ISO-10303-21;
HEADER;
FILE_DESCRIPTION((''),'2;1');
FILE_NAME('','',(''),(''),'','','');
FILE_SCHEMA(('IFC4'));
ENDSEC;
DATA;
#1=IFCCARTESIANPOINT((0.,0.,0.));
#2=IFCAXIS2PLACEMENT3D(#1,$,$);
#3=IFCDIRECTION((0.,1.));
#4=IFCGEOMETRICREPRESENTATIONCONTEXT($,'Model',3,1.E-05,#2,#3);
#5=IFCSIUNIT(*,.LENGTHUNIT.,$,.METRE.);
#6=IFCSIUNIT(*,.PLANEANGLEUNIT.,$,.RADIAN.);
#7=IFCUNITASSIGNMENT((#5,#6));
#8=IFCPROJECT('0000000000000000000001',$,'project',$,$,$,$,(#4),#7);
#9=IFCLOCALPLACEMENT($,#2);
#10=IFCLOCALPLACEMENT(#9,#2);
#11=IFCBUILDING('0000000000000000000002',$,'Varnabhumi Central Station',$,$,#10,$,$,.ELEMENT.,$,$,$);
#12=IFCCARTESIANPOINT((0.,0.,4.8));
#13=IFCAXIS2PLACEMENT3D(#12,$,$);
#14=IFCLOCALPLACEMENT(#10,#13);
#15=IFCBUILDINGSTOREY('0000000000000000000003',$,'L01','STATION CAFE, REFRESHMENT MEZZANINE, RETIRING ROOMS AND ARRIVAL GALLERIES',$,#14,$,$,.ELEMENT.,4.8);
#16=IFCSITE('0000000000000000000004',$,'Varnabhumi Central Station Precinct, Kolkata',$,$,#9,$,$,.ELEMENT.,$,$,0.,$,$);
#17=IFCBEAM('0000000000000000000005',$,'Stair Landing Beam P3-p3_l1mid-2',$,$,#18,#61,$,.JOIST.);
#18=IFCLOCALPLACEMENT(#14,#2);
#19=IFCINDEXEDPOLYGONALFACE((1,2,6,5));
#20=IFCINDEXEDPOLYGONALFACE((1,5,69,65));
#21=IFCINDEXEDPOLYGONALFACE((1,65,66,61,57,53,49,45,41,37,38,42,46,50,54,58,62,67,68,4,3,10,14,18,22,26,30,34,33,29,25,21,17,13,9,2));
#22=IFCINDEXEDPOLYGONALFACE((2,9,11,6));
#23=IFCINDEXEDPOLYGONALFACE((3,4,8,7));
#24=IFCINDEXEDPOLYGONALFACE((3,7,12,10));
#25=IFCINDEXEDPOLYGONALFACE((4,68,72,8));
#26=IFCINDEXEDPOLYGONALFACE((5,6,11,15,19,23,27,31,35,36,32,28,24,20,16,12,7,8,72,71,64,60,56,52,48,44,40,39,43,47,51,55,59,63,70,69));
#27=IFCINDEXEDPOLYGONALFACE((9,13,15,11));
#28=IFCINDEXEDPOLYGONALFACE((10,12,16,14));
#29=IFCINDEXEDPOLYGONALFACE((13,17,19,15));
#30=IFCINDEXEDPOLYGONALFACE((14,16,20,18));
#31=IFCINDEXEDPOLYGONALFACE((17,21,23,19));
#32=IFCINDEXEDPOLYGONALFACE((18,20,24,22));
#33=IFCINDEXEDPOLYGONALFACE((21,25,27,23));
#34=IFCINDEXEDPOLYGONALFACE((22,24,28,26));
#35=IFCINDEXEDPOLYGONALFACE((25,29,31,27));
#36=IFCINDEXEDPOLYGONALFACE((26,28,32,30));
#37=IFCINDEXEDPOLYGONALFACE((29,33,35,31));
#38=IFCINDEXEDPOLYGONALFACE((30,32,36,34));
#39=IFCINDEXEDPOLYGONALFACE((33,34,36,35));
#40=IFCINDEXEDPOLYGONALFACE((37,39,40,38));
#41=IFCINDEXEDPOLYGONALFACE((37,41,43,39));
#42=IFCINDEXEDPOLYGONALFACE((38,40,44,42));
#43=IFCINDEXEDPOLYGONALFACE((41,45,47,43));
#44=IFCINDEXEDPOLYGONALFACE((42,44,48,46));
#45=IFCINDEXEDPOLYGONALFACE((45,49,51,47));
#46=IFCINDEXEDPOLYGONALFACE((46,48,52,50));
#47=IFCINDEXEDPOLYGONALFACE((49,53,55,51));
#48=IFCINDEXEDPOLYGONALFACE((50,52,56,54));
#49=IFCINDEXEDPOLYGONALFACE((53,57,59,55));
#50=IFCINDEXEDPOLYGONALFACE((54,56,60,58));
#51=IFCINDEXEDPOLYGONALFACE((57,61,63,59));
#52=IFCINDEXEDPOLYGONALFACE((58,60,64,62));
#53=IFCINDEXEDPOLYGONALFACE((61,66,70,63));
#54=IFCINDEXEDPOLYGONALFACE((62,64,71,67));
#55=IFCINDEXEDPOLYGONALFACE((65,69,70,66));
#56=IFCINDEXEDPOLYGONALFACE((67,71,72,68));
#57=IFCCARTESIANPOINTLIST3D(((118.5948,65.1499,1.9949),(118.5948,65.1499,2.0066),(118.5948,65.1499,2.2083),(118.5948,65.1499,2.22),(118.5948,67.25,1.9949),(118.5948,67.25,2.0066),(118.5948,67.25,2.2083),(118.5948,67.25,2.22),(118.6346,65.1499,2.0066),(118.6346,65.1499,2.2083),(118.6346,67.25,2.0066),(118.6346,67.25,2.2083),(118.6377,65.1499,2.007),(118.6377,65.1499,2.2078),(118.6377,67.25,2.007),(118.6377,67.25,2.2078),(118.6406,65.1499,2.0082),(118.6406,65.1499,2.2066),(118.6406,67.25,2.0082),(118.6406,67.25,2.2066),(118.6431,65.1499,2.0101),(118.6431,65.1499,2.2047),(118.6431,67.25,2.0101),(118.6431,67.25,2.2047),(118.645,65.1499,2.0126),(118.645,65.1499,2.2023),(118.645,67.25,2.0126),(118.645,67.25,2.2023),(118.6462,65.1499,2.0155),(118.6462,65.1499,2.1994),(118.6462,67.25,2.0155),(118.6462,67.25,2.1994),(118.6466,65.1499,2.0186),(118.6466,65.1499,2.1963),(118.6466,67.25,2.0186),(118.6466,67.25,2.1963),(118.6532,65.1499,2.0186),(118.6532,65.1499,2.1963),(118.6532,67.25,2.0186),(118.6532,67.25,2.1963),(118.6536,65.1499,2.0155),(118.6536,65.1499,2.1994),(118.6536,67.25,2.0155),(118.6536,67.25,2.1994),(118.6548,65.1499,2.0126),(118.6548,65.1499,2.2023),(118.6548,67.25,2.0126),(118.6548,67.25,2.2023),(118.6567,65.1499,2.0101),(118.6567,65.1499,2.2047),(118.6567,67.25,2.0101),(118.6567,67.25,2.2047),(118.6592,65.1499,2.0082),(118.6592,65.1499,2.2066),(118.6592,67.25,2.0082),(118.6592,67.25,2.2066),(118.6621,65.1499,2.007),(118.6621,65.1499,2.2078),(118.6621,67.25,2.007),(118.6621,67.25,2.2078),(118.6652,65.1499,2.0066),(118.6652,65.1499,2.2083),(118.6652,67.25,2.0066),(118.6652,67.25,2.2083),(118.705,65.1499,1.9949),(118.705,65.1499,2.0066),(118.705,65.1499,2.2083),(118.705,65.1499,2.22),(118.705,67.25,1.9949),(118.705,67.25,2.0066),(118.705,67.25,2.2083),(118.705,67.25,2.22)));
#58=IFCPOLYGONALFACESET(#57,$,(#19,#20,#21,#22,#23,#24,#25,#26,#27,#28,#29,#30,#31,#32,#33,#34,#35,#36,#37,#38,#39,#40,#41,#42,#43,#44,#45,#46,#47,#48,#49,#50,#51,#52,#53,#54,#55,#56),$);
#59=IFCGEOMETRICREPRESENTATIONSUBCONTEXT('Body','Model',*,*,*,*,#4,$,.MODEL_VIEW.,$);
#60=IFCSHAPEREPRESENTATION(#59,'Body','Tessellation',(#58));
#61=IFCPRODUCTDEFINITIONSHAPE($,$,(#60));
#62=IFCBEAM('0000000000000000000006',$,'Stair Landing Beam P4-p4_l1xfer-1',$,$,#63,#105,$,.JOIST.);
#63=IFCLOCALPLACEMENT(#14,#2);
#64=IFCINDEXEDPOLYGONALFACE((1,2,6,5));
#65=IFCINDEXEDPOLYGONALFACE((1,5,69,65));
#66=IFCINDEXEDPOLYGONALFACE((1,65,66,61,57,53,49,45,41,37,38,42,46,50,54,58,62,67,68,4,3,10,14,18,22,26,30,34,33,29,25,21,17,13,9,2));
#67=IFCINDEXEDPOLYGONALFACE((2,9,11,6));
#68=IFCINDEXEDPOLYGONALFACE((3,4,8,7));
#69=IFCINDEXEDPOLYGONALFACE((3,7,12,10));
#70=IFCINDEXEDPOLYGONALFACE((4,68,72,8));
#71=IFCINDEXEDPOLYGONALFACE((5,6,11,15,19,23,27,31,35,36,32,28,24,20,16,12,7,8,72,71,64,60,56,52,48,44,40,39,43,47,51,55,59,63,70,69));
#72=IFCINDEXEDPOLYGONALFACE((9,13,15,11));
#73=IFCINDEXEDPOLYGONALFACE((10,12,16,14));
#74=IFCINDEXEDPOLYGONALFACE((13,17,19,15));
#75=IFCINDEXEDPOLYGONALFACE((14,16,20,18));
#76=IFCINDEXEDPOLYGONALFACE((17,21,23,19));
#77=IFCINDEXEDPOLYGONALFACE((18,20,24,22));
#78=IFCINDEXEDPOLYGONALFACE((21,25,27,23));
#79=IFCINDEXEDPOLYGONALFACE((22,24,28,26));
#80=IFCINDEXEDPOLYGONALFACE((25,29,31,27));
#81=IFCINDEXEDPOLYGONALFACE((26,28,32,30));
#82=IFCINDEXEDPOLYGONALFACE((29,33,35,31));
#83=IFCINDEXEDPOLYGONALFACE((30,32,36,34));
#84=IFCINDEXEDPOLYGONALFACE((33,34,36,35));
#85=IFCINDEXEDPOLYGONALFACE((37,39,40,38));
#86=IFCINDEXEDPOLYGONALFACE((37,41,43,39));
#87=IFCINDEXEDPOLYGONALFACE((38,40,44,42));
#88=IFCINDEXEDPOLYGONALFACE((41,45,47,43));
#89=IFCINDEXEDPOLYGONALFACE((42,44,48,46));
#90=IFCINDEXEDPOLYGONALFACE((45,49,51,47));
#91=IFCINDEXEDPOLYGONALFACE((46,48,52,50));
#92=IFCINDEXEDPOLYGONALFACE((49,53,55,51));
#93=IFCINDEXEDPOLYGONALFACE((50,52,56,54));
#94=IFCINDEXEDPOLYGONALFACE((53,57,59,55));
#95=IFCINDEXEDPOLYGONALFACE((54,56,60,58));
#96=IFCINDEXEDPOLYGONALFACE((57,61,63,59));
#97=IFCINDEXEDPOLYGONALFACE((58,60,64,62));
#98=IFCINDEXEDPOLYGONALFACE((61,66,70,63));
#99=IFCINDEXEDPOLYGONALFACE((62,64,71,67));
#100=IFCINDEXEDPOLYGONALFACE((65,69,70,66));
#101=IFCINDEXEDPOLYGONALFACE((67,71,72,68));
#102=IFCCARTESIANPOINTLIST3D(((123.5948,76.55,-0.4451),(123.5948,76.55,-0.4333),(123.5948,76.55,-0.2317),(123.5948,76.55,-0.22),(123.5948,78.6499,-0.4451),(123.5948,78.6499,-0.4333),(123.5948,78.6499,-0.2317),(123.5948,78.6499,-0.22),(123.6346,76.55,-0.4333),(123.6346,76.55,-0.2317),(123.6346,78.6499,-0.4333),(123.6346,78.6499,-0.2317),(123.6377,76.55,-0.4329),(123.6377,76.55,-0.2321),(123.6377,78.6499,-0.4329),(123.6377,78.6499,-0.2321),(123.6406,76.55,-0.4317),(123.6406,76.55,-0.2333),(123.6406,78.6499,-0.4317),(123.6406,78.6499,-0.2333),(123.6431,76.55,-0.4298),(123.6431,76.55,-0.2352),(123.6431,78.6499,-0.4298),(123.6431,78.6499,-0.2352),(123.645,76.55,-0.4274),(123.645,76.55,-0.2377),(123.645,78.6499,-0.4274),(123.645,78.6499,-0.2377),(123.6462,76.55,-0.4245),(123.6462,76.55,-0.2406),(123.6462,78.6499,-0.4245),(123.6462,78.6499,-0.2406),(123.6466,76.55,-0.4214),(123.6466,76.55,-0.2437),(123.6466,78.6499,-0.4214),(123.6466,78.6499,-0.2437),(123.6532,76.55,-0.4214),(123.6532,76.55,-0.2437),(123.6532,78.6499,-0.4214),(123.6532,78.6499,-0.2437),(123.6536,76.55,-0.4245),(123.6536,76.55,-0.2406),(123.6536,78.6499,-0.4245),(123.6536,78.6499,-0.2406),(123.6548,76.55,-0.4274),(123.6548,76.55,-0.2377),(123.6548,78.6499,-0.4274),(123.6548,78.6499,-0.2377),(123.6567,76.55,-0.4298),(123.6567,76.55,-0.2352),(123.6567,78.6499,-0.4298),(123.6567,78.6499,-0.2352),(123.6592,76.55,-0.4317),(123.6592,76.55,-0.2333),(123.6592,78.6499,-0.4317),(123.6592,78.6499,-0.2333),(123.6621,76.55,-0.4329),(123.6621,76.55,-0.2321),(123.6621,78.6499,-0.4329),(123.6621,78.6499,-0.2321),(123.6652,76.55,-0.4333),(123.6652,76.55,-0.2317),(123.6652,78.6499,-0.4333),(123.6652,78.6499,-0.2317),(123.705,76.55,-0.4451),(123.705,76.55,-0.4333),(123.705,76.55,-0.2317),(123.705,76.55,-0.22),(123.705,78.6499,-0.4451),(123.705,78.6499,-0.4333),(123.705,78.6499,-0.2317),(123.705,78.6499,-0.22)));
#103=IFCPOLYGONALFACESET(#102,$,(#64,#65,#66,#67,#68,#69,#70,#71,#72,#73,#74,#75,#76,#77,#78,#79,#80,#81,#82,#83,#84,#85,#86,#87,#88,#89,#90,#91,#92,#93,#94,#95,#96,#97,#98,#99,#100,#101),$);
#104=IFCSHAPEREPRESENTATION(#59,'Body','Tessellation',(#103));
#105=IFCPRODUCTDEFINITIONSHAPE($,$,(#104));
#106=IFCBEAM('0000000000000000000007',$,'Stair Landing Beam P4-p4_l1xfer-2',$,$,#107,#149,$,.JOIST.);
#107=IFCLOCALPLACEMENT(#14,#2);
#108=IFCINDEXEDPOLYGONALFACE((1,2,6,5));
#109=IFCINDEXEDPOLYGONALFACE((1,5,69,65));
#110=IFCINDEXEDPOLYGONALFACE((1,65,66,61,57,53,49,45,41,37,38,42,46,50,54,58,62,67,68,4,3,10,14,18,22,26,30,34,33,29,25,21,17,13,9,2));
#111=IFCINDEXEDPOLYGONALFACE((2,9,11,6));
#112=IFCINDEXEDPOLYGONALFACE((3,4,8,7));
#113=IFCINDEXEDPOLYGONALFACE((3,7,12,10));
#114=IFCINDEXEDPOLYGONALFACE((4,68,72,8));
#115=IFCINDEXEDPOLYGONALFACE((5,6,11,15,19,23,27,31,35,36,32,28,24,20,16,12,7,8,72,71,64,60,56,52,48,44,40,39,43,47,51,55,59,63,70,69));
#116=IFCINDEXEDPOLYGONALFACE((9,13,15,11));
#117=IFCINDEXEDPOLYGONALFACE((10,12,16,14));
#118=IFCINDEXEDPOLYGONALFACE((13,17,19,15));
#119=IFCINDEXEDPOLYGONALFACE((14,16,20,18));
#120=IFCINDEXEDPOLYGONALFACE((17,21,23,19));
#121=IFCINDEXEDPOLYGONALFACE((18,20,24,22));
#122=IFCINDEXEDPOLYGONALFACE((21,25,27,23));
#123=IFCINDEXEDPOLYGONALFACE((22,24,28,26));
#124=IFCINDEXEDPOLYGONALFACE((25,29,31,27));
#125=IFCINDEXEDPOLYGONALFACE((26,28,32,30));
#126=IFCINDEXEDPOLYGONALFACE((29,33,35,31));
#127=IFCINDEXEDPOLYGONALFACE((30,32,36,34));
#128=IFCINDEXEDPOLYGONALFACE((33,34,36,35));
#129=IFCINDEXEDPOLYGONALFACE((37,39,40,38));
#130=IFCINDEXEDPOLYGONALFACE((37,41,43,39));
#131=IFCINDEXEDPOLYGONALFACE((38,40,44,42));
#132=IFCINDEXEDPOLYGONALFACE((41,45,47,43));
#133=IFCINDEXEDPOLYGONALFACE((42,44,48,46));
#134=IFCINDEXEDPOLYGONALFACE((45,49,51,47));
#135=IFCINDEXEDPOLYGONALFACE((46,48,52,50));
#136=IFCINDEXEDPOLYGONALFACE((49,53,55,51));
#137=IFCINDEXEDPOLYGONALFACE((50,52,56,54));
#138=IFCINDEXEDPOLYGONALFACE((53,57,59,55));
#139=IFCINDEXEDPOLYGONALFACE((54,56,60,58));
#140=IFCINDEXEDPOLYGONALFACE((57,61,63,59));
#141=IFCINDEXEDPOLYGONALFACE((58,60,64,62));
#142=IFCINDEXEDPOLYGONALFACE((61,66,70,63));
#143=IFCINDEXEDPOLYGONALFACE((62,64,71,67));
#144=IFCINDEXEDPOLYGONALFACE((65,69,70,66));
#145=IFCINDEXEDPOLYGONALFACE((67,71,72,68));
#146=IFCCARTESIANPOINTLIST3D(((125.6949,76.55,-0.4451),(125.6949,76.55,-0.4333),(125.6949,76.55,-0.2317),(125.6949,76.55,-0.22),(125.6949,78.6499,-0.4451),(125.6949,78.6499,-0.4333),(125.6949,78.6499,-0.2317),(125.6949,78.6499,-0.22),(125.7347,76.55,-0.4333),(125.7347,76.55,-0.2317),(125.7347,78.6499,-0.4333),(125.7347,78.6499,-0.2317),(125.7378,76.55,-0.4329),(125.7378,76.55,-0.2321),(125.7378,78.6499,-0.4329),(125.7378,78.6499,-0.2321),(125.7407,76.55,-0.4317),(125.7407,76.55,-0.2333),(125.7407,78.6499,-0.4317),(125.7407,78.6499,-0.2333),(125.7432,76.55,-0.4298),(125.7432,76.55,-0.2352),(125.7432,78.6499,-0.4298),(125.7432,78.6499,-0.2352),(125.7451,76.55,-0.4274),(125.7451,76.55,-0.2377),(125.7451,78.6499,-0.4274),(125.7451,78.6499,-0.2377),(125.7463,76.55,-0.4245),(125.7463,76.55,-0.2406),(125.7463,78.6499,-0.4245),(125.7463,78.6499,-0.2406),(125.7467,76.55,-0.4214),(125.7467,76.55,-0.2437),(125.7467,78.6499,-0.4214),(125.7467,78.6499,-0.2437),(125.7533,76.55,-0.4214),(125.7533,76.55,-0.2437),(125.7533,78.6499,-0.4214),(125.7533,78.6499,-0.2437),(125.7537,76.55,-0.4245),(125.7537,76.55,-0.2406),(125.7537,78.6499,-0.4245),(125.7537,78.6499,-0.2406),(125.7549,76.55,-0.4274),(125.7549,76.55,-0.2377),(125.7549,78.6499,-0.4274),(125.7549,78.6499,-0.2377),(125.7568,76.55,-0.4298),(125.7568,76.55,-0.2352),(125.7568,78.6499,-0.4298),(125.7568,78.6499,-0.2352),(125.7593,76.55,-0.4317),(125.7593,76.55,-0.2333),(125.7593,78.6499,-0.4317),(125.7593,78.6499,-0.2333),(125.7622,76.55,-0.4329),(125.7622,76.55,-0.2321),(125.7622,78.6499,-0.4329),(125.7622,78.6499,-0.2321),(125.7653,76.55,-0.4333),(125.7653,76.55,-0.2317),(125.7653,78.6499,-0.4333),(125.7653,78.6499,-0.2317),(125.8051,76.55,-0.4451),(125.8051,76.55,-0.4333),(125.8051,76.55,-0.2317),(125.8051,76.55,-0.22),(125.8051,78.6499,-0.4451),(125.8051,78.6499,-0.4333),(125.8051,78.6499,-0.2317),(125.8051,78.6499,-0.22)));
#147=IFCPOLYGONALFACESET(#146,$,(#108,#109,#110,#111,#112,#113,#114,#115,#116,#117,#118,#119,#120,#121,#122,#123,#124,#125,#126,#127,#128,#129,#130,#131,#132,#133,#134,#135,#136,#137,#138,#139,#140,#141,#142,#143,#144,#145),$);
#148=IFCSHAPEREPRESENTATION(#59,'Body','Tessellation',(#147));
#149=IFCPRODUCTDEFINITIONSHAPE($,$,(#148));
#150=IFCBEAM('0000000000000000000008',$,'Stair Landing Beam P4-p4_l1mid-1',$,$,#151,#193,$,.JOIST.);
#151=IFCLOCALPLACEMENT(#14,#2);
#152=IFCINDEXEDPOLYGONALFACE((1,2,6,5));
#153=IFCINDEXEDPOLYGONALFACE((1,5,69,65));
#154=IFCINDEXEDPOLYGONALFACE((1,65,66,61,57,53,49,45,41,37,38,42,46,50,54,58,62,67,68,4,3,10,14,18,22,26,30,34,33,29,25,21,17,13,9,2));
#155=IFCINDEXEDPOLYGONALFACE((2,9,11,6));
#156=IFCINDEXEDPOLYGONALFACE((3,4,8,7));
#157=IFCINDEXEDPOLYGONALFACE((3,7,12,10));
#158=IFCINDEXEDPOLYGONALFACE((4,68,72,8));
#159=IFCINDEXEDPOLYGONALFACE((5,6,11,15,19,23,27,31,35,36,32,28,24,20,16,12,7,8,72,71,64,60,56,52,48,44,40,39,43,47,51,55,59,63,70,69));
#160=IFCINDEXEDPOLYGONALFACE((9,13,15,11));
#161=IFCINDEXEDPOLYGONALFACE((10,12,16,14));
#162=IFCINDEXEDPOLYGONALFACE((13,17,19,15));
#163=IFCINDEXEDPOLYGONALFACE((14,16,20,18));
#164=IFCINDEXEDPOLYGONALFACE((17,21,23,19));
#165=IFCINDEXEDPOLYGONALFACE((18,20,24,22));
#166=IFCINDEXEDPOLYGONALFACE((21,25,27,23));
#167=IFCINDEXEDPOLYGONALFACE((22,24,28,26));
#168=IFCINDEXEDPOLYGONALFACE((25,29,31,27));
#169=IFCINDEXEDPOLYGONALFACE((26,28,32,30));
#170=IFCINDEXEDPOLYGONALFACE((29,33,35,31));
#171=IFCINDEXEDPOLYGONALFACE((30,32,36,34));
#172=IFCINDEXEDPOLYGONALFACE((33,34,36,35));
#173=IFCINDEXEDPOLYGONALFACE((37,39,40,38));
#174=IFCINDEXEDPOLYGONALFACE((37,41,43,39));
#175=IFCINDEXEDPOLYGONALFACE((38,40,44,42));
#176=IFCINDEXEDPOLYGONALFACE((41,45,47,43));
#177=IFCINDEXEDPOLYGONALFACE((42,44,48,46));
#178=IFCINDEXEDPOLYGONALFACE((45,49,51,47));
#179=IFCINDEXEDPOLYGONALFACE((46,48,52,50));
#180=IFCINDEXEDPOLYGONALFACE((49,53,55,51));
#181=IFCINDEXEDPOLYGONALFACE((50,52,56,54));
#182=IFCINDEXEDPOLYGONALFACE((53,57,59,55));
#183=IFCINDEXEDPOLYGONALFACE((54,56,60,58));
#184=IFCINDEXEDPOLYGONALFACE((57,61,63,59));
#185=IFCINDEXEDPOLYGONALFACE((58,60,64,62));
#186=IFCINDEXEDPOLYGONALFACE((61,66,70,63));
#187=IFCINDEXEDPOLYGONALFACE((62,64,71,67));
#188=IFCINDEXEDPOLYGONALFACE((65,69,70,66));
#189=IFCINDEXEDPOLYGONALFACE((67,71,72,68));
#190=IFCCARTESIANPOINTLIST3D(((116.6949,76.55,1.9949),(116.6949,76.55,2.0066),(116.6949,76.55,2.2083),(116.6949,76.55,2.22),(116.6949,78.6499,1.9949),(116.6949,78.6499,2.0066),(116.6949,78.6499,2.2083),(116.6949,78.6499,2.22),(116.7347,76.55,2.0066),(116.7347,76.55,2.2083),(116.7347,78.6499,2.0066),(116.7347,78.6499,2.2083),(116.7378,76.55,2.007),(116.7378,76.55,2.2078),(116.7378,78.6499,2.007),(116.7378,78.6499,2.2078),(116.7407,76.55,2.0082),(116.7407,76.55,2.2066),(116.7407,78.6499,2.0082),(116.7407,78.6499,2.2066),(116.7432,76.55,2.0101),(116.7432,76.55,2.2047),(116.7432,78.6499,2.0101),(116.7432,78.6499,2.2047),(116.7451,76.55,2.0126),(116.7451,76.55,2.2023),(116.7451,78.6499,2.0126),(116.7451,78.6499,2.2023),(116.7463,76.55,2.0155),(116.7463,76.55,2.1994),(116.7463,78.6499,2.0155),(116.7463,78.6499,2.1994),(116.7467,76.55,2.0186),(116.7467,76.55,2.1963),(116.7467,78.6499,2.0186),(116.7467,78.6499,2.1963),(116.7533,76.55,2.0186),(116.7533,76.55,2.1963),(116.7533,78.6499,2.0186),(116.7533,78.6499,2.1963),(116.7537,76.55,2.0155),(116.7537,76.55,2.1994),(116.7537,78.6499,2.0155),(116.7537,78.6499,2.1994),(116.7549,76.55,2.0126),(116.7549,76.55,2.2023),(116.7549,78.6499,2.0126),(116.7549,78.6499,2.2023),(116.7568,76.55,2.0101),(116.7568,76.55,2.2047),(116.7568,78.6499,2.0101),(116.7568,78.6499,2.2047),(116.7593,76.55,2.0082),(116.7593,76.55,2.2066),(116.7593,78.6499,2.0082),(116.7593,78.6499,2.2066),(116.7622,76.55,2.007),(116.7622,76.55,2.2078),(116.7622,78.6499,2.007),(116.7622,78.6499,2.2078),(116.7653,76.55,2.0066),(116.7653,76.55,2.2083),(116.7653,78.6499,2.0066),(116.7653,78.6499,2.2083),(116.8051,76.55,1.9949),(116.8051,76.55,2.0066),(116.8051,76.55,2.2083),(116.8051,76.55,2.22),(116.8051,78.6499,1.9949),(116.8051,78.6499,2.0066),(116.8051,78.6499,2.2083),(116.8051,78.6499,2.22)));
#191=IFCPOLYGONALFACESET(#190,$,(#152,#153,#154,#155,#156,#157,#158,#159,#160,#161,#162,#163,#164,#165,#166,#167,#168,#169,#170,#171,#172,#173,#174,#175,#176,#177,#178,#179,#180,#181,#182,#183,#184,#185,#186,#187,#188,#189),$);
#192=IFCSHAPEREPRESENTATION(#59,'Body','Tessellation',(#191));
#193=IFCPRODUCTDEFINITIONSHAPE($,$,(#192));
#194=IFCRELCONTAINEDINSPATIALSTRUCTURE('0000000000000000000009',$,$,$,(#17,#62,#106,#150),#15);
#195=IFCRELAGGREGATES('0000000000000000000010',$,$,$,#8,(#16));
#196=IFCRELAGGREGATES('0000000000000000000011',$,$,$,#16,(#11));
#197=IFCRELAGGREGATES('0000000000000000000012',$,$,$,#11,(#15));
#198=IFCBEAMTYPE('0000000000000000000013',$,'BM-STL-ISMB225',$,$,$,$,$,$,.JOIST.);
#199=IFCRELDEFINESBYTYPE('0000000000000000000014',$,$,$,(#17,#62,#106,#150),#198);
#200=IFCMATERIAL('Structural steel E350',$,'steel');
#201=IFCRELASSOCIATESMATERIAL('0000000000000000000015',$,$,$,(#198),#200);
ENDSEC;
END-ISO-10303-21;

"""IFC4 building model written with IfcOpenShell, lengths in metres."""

from ifc_helpers import new_model, si_unit, direction, frame, origin, origin_2d, place, context, subcontext, project, spatial, i_section, extrude, material, material_profile, profile_set, type_object, element, save


model = new_model("IFC4")

# Units and contexts
model_context = context("Model", 3, precision=1e-05, world=origin(), true_north=direction((0.0, 1.0)))
body_context = subcontext(model_context, "Body", "Model", "MODEL_VIEW")
ifc_project = project(units=[si_unit("LENGTHUNIT", "METRE"), si_unit("PLANEANGLEUNIT", "RADIAN")], contexts=[model_context])

# Site, building, storey
site_placement = place(None, origin())
site = spatial("IfcSite", under=ifc_project, at=site_placement, Name="Varnabhumi Central Station Precinct, Kolkata", CompositionType="ELEMENT", RefElevation=0.0)
building_placement = place(site_placement, origin())
building = spatial("IfcBuilding", under=site, at=building_placement, Name="Varnabhumi Central Station", CompositionType="ELEMENT")
storey_placement = place(building_placement, frame((0.0, 0.0, 4.8)))
storey = spatial("IfcBuildingStorey", under=building, at=storey_placement, Name="L01", Description="STATION CAFE, REFRESHMENT MEZZANINE, RETIRING ROOMS AND ARRIVAL GALLERIES", CompositionType="ELEMENT", Elevation=4.8)

# Beams
ifc_material_1 = material(Name="Structural steel E350", Category="steel")
ifc_material_profile_1 = material_profile(ifc_material_1, i_section(OverallWidth=0.1101, OverallDepth=0.2251, WebThickness=0.0066, FlangeThickness=0.0117, FilletRadius=0.012, at=origin_2d()), Name="Structural steel E350", Category="steel")
ifc_profile_set_1 = profile_set([ifc_material_profile_1], Name="Structural steel E350")
beam_type_1 = type_object("IfcBeamType", Name="BM-STL-ISMB225", PredefinedType="JOIST", material=ifc_profile_set_1)
for number, where, z_axis, x_axis, name in (
    (1, (118.6499, 65.1499, 2.1074), (0.0, 1.0, 0.0), (-1.0, 0.0, 0.0), "Stair Landing Beam P3-p3_l1mid-2"),
):
    element("IfcBeam", number, at=place(storey_placement, frame(where, z_axis=z_axis, x_axis=x_axis)), inside=storey, type_object=beam_type_1, Name=name, PredefinedType="JOIST", context=body_context, shape_type="SweptSolid", body=[
        extrude(i_section(OverallWidth=0.1101, OverallDepth=0.2251, WebThickness=0.0066, FlangeThickness=0.0117, FilletRadius=0.012, at=origin_2d()), origin(), (0.0, 0.0, 1.0), 2.1001),
    ])
for number, where, z_axis, x_axis, name in (
    (2, (123.6499, 76.55, -0.3325), (0.0, 1.0, 0.0), (-1.0, 0.0, 0.0), "Stair Landing Beam P4-p4_l1xfer-1"),
    (3, (125.75, 76.55, -0.3325), (0.0, 1.0, 0.0), (-1.0, 0.0, 0.0), "Stair Landing Beam P4-p4_l1xfer-2"),
    (4, (116.75, 76.55, 2.1074), (0.0, 1.0, 0.0), (-1.0, 0.0, 0.0), "Stair Landing Beam P4-p4_l1mid-1"),
):
    element("IfcBeam", number, at=place(storey_placement, frame(where, z_axis=z_axis, x_axis=x_axis)), inside=storey, type_object=beam_type_1, Name=name, PredefinedType="JOIST", context=body_context, shape_type="SweptSolid", body=[
        extrude(i_section(OverallWidth=0.1101, OverallDepth=0.2251, WebThickness=0.0066, FlangeThickness=0.0117, FilletRadius=0.012, at=origin_2d()), origin(), (0.0, 0.0, 1.0), 2.0999),
    ])

save(model, "model.ifc")
